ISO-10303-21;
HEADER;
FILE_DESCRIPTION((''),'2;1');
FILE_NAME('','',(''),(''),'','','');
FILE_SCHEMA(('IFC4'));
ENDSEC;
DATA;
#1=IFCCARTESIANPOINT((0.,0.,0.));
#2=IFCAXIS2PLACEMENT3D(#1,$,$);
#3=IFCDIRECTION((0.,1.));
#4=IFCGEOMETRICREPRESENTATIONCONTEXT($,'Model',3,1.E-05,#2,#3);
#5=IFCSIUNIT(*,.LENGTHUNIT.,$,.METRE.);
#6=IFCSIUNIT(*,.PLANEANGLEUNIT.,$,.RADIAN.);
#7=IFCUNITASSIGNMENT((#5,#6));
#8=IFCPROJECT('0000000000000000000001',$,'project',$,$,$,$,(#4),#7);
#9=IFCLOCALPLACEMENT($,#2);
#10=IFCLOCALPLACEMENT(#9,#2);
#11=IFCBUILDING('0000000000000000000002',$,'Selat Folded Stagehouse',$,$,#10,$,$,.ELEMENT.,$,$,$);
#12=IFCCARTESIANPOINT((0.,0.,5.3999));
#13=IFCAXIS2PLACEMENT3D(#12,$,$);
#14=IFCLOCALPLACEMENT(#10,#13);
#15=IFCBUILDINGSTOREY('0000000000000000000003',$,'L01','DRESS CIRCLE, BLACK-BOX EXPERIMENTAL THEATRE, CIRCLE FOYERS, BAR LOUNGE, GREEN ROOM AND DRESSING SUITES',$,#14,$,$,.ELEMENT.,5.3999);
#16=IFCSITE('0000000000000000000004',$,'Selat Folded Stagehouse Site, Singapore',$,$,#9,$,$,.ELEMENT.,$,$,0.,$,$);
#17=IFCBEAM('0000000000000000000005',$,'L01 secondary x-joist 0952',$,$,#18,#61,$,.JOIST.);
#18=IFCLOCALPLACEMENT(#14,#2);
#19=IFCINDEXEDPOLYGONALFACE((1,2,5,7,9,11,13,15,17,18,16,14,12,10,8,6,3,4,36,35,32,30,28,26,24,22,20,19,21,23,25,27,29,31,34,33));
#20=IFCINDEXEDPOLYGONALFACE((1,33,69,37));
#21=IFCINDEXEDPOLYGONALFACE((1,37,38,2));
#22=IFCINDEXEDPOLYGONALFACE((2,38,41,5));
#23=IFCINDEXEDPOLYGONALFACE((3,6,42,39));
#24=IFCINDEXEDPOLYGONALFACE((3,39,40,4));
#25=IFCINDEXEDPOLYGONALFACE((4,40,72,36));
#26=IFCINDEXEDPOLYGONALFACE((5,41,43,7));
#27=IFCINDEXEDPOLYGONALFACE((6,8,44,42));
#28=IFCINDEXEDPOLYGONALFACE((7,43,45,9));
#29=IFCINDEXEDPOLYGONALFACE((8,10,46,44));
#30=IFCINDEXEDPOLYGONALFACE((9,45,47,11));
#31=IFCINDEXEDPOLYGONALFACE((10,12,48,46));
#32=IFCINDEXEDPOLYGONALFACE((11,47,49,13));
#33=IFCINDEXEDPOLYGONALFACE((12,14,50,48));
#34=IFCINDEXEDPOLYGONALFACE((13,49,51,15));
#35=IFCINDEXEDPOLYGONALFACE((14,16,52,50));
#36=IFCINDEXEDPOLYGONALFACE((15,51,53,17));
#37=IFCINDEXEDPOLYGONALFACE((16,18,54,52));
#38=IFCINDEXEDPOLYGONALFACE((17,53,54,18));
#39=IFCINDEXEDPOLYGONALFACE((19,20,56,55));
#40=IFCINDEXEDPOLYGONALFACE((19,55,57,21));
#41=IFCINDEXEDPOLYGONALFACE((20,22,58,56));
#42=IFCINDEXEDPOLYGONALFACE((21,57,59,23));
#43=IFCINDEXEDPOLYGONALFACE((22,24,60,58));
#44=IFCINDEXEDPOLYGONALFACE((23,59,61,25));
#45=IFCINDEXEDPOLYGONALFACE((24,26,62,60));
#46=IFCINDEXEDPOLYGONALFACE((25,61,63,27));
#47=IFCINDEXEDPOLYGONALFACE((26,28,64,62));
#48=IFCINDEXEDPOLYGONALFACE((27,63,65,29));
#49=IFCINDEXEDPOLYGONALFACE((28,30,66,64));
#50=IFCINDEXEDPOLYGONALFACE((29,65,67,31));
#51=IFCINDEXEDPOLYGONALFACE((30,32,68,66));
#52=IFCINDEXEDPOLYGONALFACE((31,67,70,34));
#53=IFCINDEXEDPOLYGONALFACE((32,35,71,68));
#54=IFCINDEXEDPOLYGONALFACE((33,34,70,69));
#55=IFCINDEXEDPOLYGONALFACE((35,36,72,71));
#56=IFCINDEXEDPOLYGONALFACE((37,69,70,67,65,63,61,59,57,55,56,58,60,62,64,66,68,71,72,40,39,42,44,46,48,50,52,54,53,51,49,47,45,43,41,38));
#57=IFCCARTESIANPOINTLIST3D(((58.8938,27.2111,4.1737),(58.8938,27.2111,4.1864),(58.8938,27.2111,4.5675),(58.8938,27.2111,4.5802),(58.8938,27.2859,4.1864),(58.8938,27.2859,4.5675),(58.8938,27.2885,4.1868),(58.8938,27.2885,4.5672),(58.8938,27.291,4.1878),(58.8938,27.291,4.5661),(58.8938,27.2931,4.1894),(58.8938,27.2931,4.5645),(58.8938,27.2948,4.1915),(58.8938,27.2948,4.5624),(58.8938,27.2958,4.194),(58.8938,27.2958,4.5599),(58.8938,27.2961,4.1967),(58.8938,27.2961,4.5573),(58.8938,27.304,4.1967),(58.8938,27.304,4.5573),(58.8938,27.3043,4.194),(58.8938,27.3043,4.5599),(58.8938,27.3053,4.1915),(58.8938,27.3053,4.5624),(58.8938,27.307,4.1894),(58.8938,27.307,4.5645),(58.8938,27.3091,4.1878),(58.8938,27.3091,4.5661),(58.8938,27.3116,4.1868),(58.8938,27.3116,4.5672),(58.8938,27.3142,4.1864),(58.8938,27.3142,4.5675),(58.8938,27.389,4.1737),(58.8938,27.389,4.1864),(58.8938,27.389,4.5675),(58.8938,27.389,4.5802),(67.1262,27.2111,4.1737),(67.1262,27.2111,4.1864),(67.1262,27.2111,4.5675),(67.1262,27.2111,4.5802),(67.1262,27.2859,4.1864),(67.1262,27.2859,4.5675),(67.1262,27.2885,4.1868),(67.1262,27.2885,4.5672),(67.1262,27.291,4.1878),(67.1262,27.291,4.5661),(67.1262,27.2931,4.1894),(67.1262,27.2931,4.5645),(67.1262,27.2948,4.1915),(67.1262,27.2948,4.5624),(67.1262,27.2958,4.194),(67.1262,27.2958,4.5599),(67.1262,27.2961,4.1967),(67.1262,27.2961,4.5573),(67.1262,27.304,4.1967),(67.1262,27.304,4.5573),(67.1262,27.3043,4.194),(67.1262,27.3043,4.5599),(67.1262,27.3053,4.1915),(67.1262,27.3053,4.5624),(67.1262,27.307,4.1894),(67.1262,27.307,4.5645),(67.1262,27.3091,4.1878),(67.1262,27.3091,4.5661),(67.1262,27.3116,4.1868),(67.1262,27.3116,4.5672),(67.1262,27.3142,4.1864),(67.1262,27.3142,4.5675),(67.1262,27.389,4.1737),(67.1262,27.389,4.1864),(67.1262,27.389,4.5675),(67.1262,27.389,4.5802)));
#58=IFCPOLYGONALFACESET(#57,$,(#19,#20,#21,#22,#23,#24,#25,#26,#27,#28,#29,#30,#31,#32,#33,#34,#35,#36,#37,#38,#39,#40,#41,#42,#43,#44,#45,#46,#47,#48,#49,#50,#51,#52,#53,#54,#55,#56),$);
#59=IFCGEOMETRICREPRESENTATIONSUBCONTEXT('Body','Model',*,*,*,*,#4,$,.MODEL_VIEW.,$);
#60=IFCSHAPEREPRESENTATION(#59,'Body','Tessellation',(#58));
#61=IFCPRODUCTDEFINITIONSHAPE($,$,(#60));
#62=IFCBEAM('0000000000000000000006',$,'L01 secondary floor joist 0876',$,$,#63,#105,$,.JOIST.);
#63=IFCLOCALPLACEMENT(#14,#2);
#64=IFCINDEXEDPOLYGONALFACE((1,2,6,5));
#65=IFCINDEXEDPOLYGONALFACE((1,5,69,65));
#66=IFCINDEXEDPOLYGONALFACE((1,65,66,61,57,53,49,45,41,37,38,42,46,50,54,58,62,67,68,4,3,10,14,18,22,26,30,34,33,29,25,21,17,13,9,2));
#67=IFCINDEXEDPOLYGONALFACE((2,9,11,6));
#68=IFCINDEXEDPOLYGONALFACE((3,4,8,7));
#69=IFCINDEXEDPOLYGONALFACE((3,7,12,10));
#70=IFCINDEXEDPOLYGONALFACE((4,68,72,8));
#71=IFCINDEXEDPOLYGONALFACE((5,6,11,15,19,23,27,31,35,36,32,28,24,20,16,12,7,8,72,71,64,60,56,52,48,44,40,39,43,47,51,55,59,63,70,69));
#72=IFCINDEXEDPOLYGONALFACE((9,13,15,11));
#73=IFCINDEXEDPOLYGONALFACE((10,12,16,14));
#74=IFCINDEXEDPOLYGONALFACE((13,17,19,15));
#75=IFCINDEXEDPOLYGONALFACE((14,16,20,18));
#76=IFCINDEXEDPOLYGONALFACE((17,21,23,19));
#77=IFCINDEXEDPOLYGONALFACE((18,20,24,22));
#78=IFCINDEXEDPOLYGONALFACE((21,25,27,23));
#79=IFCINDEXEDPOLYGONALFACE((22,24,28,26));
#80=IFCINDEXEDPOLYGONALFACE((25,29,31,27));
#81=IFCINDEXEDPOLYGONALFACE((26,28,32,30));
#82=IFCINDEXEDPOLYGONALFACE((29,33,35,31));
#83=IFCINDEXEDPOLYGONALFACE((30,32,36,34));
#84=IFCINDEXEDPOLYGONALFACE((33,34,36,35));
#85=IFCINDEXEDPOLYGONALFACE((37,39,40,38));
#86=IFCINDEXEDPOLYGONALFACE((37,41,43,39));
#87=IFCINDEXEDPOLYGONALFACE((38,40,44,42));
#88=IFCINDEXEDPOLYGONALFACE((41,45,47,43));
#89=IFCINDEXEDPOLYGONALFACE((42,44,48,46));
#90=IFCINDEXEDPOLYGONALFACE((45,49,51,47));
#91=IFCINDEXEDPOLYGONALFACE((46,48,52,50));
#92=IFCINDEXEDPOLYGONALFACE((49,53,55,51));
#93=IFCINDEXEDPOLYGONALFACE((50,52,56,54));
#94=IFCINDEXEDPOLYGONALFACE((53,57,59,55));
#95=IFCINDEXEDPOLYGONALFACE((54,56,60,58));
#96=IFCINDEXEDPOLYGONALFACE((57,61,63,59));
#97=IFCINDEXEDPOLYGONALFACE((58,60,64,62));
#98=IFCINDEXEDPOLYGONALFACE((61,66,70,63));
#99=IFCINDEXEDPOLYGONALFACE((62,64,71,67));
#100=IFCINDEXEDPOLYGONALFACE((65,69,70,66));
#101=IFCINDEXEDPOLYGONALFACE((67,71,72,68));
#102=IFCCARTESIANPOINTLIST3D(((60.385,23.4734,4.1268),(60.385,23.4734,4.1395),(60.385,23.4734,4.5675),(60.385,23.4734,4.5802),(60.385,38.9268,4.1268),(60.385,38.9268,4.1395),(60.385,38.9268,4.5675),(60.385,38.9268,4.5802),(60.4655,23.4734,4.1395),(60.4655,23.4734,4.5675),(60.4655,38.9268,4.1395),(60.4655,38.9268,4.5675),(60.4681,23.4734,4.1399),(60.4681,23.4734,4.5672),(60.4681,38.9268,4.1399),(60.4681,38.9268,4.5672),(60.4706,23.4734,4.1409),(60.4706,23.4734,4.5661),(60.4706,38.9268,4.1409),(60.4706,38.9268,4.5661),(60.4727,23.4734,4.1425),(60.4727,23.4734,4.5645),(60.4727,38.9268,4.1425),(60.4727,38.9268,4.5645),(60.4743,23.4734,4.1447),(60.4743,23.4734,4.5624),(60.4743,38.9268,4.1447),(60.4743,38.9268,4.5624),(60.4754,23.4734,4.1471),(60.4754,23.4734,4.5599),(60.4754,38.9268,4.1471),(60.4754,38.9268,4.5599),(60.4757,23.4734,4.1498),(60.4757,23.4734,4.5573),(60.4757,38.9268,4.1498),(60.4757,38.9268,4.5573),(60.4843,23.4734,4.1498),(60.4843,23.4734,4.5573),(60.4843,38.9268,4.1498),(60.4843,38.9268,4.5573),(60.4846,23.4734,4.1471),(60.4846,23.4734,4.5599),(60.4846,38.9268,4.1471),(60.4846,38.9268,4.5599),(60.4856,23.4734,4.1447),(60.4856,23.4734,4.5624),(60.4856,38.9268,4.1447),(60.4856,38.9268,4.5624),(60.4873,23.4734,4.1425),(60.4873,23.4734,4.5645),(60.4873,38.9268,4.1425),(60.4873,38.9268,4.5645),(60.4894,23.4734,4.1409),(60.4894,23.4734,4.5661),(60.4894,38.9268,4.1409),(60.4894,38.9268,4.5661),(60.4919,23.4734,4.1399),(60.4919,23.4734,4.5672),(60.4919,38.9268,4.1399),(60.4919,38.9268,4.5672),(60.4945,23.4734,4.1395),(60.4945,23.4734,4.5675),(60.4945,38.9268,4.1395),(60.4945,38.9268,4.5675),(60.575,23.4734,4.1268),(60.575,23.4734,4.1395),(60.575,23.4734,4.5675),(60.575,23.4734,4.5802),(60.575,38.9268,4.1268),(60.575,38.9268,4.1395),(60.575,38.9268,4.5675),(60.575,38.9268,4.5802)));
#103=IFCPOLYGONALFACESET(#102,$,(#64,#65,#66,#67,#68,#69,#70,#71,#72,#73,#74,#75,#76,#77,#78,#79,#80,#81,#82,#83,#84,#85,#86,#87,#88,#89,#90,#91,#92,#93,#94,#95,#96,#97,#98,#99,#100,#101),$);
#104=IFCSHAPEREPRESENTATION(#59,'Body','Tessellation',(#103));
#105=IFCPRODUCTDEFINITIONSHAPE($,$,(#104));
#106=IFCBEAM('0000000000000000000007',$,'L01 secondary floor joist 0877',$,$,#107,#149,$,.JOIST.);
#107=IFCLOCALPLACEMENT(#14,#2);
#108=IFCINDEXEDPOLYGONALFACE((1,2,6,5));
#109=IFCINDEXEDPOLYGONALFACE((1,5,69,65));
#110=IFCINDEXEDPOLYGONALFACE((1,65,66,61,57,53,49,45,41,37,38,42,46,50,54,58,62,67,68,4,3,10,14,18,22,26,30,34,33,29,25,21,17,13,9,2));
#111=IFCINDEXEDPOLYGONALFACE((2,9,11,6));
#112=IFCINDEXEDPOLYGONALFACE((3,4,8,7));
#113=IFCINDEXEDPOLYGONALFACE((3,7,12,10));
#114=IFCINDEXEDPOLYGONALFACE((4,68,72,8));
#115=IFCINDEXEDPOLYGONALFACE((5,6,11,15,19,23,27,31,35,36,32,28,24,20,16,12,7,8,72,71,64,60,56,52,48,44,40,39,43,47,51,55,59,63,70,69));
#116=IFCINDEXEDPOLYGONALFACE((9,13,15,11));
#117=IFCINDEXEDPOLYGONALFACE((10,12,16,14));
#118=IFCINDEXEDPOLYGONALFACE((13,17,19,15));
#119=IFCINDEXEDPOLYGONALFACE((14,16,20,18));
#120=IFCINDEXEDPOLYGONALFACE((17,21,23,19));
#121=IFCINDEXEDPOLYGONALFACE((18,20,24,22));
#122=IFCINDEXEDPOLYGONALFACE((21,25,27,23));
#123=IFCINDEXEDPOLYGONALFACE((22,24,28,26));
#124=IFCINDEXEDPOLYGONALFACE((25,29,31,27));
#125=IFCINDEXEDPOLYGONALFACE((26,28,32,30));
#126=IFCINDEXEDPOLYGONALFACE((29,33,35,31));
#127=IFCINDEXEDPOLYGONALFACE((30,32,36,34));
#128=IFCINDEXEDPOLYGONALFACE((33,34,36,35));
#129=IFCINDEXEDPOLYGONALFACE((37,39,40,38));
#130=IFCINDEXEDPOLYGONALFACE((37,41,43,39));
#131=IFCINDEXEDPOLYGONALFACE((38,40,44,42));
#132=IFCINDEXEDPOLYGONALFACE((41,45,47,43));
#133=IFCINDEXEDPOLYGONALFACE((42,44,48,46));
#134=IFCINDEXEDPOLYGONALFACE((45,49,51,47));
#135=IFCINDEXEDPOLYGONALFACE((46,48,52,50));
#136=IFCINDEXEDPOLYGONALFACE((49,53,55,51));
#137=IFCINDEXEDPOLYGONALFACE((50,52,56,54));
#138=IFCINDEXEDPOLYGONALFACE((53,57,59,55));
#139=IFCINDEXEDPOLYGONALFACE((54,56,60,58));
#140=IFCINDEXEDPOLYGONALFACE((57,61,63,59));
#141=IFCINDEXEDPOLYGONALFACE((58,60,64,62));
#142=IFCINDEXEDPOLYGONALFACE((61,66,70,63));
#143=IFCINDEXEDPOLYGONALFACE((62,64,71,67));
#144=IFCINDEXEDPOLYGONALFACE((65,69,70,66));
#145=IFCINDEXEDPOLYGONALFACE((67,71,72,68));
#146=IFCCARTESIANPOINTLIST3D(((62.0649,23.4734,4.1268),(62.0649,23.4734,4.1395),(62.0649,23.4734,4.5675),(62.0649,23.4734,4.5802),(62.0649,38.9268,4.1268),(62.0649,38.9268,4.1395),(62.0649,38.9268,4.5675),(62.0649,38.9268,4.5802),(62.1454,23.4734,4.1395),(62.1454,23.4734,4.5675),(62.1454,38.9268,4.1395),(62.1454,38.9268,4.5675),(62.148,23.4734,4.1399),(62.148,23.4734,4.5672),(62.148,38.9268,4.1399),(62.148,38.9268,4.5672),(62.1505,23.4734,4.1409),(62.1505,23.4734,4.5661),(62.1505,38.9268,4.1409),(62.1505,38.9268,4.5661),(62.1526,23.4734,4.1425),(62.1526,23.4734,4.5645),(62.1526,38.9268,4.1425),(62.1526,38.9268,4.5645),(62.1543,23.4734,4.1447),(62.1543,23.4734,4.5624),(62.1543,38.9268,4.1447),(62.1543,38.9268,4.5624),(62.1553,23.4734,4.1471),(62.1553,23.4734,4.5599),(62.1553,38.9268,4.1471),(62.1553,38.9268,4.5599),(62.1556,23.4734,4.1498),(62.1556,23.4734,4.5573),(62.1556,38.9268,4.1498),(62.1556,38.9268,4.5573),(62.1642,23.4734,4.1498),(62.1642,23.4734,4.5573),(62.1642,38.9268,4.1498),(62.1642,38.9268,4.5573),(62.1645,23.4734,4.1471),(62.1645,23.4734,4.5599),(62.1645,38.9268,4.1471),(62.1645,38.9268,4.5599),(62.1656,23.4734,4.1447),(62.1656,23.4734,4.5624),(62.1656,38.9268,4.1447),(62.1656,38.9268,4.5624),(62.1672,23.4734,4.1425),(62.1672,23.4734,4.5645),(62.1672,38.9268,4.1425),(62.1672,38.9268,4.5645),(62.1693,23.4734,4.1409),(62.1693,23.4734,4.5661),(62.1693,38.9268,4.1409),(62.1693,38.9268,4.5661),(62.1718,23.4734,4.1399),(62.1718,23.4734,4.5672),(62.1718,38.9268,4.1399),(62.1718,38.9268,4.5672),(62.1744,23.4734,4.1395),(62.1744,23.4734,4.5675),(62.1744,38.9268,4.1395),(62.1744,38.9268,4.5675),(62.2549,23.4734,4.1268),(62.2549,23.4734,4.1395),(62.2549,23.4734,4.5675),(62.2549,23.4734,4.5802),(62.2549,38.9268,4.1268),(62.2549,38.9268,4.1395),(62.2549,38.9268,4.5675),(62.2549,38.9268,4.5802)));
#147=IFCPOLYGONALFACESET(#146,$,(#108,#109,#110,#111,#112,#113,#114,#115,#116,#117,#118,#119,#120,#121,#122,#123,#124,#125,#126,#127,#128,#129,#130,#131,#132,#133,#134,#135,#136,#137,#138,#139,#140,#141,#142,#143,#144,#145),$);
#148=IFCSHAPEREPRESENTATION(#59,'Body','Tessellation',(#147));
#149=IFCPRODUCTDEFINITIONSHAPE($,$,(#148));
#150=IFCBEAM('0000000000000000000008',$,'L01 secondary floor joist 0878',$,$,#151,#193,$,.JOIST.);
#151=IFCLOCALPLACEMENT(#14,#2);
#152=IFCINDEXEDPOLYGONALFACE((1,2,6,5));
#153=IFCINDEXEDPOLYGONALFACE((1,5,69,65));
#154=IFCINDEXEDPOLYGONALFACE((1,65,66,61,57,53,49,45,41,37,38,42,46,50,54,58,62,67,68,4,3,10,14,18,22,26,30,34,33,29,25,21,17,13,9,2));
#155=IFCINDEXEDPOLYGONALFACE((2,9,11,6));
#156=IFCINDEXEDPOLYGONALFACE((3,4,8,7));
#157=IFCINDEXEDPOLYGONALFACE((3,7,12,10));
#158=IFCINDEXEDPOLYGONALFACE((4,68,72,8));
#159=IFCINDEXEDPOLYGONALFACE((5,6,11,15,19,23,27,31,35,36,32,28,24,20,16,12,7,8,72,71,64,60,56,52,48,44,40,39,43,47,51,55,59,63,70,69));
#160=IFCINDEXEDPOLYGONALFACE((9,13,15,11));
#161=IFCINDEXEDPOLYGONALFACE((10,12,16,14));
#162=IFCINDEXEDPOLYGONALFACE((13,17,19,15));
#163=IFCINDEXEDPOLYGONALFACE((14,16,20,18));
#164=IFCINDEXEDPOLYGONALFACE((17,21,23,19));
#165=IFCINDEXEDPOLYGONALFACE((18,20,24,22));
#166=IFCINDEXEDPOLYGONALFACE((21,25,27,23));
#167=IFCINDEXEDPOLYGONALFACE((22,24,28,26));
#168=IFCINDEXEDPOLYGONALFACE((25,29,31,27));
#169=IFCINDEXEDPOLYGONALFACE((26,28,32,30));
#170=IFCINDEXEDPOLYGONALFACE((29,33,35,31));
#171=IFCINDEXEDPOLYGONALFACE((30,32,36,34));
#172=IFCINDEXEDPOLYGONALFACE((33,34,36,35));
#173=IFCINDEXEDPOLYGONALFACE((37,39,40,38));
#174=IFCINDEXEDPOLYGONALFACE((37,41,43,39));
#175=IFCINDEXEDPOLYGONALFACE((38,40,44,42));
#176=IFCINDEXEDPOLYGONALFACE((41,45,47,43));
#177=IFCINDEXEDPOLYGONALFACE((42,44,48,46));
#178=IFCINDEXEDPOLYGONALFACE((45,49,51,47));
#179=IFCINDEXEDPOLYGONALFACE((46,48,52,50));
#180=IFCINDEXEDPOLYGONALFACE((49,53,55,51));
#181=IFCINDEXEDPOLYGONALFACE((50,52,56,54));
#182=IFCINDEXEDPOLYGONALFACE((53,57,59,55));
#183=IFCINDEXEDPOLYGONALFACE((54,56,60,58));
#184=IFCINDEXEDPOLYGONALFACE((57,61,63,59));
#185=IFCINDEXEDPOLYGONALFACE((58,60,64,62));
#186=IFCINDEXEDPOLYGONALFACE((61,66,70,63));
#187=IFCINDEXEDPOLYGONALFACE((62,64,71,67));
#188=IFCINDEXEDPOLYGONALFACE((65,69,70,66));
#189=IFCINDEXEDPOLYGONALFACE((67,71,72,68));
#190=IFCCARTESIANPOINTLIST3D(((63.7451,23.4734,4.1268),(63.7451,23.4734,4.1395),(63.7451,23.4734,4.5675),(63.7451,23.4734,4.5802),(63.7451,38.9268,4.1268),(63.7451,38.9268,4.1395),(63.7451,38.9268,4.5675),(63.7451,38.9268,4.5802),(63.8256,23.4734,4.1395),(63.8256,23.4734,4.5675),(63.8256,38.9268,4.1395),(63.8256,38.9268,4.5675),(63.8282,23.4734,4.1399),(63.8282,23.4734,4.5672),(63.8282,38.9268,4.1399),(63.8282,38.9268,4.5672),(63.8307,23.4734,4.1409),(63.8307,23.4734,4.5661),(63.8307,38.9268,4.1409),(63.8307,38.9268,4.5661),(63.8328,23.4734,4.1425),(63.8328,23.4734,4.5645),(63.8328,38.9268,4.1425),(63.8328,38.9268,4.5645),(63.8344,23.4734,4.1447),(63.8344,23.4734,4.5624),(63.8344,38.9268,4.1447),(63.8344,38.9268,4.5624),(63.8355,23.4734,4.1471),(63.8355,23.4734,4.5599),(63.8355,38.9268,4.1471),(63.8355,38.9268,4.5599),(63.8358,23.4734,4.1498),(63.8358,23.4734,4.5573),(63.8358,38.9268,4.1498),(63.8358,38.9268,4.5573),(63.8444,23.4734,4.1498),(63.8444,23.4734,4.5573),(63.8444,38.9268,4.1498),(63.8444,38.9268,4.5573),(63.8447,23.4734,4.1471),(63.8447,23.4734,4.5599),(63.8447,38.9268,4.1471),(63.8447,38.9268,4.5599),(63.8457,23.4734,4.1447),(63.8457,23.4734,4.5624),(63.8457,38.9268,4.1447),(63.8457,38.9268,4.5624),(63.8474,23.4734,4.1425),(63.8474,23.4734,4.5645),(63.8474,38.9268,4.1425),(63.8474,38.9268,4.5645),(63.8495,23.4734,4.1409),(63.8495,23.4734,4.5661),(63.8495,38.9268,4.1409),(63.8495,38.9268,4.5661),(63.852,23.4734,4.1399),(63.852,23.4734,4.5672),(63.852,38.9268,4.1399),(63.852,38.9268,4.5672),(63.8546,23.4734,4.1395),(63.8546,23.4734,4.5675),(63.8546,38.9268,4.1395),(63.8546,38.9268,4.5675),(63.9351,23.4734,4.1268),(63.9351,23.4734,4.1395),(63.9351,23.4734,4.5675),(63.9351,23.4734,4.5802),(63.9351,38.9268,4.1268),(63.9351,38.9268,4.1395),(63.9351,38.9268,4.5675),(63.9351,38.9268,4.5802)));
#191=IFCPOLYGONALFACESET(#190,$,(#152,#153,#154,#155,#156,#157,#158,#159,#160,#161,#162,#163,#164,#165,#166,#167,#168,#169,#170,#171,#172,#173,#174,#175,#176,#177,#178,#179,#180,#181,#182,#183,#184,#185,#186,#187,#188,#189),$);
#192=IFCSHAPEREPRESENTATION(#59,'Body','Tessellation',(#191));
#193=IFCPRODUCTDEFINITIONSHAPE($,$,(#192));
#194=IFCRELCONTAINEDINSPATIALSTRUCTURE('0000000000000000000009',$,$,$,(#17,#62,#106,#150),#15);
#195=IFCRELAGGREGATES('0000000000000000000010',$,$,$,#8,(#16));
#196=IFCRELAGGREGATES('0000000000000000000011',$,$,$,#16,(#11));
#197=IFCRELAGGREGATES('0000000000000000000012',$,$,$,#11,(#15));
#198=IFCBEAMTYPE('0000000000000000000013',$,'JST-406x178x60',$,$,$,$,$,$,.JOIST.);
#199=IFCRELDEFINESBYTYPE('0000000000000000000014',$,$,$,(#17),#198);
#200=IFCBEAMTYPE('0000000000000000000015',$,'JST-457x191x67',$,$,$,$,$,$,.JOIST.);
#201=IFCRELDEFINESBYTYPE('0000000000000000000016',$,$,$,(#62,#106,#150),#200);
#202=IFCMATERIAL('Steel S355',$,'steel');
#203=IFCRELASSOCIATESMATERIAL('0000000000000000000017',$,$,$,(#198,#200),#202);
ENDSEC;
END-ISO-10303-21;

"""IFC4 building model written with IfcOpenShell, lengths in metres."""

from ifc_helpers import new_model, si_unit, direction, frame, origin, origin_2d, place, context, subcontext, project, spatial, i_section, extrude, material, material_profile, profile_set, type_object, element, save


model = new_model("IFC4")

# Units and contexts
model_context = context("Model", 3, precision=1e-05, world=origin(), true_north=direction((0.0, 1.0)))
body_context = subcontext(model_context, "Body", "Model", "MODEL_VIEW")
ifc_project = project(units=[si_unit("LENGTHUNIT", "METRE"), si_unit("PLANEANGLEUNIT", "RADIAN")], contexts=[model_context])

# Site, building, storey
site_placement = place(None, origin())
site = spatial("IfcSite", under=ifc_project, at=site_placement, Name="Selat Folded Stagehouse Site, Singapore", CompositionType="ELEMENT", RefElevation=0.0)
building_placement = place(site_placement, origin())
building = spatial("IfcBuilding", under=site, at=building_placement, Name="Selat Folded Stagehouse", CompositionType="ELEMENT")
storey_placement = place(building_placement, frame((0.0, 0.0, 5.3999)))
storey = spatial("IfcBuildingStorey", under=building, at=storey_placement, Name="L01", Description="DRESS CIRCLE, BLACK-BOX EXPERIMENTAL THEATRE, CIRCLE FOYERS, BAR LOUNGE, GREEN ROOM AND DRESSING SUITES", CompositionType="ELEMENT", Elevation=5.3999)

# Shared definitions
ifc_material_1 = material(Name="Steel S355", Category="steel")

# Beams
ifc_material_profile_1 = material_profile(ifc_material_1, i_section(OverallWidth=0.178, OverallDepth=0.4065, WebThickness=0.0078, FlangeThickness=0.0127, FilletRadius=0.0103, at=origin_2d()), Name="UKB 406x178x60")
ifc_profile_set_1 = profile_set([ifc_material_profile_1], Name="Steel S355")
beam_type_1 = type_object("IfcBeamType", Name="JST-406x178x60", PredefinedType="JOIST", material=ifc_profile_set_1)
for number, where, z_axis, x_axis, name in (
    (1, (58.8938, 27.3, 4.377), (1.0, 0.0, 0.0), (0.0, 1.0, 0.0), "L01 secondary x-joist 0952"),
):
    element("IfcBeam", number, at=place(storey_placement, frame(where, z_axis=z_axis, x_axis=x_axis)), inside=storey, type_object=beam_type_1, Name=name, PredefinedType="JOIST", context=body_context, shape_type="SweptSolid", body=[
        extrude(i_section(OverallWidth=0.178, OverallDepth=0.4065, WebThickness=0.0078, FlangeThickness=0.0127, FilletRadius=0.0103, at=origin_2d()), origin(), (0.0, 0.0, 1.0), 8.2324),
    ])
ifc_material_profile_2 = material_profile(ifc_material_1, i_section(OverallWidth=0.1899, OverallDepth=0.4534, WebThickness=0.0085, FlangeThickness=0.0127, FilletRadius=0.0103, at=origin_2d()), Name="UKB 457x191x67")
ifc_profile_set_2 = profile_set([ifc_material_profile_2], Name="Steel S355")
beam_type_2 = type_object("IfcBeamType", Name="JST-457x191x67", PredefinedType="JOIST", material=ifc_profile_set_2)
for number, where, z_axis, x_axis, name in (
    (2, (60.48, 23.4734, 4.3535), (0.0, 1.0, 0.0), (-1.0, 0.0, 0.0), "L01 secondary floor joist 0876"),
    (3, (62.1599, 23.4734, 4.3535), (0.0, 1.0, 0.0), (-1.0, 0.0, 0.0), "L01 secondary floor joist 0877"),
    (4, (63.8401, 23.4734, 4.3535), (0.0, 1.0, 0.0), (-1.0, 0.0, 0.0), "L01 secondary floor joist 0878"),
):
    element("IfcBeam", number, at=place(storey_placement, frame(where, z_axis=z_axis, x_axis=x_axis)), inside=storey, type_object=beam_type_2, Name=name, PredefinedType="JOIST", context=body_context, shape_type="SweptSolid", body=[
        extrude(i_section(OverallWidth=0.1899, OverallDepth=0.4534, WebThickness=0.0085, FlangeThickness=0.0127, FilletRadius=0.0103, at=origin_2d()), origin(), (0.0, 0.0, 1.0), 15.4534),
    ])

save(model, "model.ifc")
